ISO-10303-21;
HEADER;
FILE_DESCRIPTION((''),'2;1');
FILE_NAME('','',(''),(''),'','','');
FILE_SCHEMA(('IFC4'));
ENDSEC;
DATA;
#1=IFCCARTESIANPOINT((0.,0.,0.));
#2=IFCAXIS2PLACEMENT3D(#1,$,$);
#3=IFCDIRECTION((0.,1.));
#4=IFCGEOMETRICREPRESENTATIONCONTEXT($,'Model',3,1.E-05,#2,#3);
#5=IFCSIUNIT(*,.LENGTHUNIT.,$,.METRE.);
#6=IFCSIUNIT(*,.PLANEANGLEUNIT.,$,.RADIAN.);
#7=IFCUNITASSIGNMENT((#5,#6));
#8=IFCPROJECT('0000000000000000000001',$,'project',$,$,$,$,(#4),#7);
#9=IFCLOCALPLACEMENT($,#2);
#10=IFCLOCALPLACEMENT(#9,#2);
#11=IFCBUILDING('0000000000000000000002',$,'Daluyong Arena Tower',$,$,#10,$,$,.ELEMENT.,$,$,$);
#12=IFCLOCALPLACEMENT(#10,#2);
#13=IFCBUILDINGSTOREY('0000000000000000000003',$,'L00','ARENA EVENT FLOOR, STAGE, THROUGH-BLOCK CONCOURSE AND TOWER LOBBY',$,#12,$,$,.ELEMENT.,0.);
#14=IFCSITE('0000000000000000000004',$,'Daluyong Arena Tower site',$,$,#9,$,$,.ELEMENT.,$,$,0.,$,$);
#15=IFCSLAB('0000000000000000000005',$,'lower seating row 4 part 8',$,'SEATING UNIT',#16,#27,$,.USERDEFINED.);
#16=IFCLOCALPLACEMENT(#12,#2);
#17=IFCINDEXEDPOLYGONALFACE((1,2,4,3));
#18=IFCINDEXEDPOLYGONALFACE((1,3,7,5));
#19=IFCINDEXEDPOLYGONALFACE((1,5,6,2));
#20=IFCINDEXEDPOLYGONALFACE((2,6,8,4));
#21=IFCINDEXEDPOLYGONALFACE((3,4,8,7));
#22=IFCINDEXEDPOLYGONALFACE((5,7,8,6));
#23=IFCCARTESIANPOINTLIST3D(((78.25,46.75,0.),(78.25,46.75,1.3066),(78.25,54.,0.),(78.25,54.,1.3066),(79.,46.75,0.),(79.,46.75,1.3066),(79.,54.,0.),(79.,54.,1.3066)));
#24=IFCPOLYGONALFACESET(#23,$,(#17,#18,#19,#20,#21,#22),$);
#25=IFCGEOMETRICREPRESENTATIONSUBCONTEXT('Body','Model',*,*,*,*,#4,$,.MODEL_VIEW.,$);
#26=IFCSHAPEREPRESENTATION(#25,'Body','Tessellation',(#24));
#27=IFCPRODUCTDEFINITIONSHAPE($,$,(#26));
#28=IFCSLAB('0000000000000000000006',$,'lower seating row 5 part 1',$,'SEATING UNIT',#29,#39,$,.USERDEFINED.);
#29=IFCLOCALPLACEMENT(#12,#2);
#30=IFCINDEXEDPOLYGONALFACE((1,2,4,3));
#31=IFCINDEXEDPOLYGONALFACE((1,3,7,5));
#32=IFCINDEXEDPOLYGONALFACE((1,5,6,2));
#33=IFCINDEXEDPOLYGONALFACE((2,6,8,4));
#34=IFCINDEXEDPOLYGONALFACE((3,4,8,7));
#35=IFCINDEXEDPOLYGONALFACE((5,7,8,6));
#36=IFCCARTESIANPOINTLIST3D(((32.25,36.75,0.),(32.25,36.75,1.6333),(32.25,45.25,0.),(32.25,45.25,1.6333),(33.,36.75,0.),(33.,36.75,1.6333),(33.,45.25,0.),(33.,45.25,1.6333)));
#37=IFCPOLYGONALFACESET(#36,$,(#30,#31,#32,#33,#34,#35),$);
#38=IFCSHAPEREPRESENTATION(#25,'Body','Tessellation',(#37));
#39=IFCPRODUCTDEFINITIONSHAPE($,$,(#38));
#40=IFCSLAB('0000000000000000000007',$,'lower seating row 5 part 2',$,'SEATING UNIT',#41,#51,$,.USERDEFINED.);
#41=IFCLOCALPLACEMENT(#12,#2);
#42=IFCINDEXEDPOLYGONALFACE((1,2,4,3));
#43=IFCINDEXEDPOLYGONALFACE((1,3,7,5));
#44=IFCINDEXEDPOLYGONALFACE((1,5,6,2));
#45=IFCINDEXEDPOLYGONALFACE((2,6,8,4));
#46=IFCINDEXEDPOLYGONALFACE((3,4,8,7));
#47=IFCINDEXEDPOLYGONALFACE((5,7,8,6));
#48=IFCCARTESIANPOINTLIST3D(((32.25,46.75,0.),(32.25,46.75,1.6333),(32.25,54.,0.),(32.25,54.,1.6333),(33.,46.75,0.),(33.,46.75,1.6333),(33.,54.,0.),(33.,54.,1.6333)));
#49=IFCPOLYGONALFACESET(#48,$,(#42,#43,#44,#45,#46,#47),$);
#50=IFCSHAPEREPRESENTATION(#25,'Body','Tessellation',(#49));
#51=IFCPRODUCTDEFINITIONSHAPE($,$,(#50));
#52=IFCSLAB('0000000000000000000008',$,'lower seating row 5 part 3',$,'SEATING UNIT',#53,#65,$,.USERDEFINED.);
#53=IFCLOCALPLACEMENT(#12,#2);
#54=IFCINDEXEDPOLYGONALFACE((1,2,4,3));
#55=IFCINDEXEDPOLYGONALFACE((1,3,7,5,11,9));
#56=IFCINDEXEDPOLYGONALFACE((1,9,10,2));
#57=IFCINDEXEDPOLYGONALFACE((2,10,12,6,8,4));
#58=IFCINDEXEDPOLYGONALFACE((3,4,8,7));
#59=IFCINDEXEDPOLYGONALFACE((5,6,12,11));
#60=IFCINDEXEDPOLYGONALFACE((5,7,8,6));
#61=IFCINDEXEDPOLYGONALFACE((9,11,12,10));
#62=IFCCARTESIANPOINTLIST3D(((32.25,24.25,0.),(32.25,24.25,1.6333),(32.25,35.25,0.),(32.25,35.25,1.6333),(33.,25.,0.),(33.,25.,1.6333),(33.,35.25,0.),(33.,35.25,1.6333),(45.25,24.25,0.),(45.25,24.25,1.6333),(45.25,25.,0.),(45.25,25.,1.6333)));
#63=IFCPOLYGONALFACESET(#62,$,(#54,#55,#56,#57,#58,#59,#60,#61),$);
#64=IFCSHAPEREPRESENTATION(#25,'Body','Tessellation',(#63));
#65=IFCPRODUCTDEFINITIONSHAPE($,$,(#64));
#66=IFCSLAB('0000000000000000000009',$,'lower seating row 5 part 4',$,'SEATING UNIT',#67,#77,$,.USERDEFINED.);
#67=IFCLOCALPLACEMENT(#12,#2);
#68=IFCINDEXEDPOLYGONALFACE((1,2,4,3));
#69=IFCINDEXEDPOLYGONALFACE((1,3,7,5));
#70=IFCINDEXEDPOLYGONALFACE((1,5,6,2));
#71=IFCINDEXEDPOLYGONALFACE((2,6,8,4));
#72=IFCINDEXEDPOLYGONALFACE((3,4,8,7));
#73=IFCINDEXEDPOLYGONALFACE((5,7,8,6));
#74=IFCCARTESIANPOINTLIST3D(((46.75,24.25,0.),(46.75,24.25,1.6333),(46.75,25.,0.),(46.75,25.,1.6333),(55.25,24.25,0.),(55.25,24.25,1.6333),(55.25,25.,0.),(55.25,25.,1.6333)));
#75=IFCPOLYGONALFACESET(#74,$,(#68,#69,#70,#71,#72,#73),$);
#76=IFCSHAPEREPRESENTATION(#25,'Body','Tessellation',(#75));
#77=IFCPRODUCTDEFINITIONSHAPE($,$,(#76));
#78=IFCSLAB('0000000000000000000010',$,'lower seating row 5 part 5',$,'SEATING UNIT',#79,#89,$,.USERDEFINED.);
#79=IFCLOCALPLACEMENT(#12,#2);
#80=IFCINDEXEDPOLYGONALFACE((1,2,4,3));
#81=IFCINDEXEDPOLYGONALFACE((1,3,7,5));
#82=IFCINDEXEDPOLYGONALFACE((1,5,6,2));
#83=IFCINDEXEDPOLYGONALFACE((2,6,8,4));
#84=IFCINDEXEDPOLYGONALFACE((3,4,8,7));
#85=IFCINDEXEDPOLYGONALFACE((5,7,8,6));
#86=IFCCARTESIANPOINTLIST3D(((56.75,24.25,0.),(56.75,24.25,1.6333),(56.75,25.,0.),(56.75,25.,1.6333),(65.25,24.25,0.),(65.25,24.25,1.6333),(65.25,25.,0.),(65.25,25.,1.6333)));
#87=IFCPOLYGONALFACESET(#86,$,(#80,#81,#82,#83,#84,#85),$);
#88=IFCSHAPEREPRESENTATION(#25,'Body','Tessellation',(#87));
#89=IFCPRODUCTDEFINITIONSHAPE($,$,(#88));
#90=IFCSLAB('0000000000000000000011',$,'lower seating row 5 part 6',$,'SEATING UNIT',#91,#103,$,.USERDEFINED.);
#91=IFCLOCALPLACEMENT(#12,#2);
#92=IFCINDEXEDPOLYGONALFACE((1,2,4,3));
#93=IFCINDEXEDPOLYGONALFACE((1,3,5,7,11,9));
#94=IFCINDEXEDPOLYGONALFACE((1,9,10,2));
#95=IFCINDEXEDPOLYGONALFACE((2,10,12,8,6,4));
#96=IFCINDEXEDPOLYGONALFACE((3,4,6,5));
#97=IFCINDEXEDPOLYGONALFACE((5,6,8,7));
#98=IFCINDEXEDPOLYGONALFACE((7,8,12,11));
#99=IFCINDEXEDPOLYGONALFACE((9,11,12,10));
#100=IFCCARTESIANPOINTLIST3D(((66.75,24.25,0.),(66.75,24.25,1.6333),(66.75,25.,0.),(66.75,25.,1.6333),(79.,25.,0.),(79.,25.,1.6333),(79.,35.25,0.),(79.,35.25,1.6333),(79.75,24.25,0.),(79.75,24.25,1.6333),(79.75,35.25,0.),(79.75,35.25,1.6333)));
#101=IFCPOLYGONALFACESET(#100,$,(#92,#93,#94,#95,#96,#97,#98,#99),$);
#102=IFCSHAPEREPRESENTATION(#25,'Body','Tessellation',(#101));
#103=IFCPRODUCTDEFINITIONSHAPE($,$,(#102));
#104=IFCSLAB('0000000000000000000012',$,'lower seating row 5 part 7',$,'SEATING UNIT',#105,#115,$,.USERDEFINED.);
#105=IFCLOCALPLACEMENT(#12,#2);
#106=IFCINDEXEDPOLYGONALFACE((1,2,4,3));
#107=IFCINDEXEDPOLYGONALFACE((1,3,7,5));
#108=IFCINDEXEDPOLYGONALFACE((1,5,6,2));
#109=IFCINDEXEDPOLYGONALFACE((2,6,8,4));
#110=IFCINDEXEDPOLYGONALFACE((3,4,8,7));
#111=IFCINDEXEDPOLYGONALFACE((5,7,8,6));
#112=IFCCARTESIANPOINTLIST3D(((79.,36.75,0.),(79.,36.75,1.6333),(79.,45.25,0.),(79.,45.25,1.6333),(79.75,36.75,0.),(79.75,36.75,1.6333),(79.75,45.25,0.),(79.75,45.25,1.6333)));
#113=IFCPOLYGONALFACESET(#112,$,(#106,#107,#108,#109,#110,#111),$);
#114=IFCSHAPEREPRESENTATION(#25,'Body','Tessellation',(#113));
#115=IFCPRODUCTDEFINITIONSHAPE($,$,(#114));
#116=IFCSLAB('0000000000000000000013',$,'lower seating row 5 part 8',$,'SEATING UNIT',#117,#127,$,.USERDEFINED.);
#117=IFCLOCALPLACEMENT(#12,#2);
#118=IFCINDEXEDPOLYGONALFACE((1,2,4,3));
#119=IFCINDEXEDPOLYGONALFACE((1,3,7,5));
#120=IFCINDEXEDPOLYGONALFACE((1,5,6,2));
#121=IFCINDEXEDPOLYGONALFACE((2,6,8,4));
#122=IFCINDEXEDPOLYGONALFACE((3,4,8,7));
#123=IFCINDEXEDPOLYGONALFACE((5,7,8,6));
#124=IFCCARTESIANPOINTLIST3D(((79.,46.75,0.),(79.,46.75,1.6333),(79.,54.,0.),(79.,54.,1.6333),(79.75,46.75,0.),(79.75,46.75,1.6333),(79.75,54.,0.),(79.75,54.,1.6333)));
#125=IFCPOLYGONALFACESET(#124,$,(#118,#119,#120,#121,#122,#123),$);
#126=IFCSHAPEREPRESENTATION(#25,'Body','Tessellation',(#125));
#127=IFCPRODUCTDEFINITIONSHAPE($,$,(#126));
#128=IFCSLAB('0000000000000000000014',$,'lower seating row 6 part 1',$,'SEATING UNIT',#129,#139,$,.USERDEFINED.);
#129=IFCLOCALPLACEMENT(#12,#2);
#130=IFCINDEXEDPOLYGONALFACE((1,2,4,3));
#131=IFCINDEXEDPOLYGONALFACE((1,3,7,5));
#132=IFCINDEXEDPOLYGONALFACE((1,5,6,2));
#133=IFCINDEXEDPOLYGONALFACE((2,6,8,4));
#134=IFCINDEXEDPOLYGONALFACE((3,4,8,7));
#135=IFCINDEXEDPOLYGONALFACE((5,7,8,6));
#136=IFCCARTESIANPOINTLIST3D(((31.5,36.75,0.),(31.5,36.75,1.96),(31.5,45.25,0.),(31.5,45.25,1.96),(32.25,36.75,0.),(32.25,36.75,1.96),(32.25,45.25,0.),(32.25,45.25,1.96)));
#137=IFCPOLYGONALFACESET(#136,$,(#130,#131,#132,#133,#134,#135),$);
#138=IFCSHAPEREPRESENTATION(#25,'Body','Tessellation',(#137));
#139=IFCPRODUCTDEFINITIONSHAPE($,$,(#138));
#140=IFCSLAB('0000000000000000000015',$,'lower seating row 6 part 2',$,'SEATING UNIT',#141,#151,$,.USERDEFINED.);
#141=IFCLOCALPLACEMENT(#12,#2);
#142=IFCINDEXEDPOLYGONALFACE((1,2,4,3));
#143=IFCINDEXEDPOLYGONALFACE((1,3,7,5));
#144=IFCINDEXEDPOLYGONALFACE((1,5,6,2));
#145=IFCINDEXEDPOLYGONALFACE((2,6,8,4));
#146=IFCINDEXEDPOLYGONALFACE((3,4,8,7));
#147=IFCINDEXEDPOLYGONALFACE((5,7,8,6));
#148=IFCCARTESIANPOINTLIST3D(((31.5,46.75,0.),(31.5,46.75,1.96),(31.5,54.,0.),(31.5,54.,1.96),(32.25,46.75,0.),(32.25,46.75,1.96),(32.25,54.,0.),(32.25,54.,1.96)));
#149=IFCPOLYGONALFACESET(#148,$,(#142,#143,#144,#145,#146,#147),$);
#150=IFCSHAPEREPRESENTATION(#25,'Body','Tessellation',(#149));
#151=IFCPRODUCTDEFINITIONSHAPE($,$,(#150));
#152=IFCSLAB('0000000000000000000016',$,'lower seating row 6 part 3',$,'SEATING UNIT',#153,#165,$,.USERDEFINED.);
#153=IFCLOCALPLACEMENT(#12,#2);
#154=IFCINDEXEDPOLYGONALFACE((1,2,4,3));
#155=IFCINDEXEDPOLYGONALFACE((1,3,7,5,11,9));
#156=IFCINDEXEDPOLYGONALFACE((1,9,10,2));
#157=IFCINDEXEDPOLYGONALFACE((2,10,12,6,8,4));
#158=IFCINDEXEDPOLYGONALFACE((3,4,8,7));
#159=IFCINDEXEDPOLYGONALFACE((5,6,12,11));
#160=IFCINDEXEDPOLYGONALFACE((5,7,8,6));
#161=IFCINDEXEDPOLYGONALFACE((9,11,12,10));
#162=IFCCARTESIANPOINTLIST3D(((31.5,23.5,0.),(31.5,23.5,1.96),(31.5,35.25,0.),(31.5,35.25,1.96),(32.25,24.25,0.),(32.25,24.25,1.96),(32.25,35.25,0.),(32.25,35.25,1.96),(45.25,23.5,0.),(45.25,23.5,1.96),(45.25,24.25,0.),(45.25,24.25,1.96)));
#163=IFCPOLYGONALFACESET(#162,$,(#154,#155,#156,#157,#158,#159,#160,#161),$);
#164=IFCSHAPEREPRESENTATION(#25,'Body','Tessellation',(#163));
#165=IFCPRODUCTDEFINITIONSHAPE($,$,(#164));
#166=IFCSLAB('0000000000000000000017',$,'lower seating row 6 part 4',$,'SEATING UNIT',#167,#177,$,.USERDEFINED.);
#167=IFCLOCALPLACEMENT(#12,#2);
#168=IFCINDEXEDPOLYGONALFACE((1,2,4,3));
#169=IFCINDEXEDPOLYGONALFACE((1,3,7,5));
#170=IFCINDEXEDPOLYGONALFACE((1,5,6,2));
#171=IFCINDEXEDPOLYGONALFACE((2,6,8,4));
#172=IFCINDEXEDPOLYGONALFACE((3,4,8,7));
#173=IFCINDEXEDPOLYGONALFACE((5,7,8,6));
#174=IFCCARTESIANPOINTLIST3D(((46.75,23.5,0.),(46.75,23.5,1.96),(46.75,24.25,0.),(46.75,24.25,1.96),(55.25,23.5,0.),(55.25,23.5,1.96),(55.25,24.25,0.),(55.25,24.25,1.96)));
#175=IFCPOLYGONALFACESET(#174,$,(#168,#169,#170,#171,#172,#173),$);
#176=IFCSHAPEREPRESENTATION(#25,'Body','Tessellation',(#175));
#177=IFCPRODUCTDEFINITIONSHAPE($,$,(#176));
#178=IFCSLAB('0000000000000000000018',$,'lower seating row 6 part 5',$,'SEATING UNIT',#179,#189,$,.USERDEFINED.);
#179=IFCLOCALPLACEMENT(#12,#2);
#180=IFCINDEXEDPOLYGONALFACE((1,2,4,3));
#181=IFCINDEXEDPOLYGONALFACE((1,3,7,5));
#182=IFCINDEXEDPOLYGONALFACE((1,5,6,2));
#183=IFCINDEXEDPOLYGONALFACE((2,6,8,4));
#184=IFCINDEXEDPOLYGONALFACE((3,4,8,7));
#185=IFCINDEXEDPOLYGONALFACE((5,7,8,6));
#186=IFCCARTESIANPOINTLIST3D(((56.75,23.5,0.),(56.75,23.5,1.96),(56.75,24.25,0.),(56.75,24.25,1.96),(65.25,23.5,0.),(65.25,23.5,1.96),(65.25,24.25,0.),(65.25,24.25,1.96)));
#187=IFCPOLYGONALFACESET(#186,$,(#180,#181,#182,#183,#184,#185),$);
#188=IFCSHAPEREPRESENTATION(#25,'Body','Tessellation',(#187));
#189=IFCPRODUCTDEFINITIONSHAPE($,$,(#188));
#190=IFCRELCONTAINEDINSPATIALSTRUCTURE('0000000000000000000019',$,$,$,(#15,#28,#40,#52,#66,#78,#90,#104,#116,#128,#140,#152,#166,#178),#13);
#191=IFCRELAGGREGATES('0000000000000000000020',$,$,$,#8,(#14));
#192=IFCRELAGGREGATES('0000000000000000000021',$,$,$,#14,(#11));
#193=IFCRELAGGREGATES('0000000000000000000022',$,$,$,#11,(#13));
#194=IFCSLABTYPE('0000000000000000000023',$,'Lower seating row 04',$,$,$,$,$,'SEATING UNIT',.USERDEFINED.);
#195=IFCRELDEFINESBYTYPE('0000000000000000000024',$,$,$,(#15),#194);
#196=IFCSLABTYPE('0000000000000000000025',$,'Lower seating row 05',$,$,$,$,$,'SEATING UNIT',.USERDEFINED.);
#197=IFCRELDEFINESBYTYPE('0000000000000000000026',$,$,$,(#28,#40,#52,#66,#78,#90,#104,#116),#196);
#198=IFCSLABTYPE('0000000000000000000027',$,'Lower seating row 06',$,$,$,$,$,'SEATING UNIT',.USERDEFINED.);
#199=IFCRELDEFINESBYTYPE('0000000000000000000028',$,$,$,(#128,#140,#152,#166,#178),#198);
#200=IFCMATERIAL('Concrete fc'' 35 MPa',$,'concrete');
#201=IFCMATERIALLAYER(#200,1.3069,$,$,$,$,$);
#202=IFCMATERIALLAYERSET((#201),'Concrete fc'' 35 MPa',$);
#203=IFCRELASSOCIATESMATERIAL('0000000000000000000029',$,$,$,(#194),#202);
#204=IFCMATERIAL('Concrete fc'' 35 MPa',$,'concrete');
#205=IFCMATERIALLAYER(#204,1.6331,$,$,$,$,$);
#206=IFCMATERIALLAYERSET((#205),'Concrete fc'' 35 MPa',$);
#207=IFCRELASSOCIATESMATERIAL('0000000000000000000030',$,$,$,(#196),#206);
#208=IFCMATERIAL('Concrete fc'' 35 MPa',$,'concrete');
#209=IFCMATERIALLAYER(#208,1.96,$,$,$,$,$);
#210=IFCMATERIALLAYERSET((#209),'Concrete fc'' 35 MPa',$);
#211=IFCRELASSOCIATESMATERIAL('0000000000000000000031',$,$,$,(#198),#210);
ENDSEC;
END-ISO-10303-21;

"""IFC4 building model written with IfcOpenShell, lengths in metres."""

from ifc_helpers import new_model, si_unit, direction, origin, place, context, subcontext, project, spatial, polyline, outline, extrude, material, layer, layer_set, type_object, element, save


model = new_model("IFC4")

# Units and contexts
model_context = context("Model", 3, precision=1e-05, world=origin(), true_north=direction((0.0, 1.0)))
body_context = subcontext(model_context, "Body", "Model", "MODEL_VIEW")
ifc_project = project(units=[si_unit("LENGTHUNIT", "METRE"), si_unit("PLANEANGLEUNIT", "RADIAN")], contexts=[model_context])

# Site, building, storey
site_placement = place(None, origin())
site = spatial("IfcSite", under=ifc_project, at=site_placement, Name="Daluyong Arena Tower site", CompositionType="ELEMENT", RefElevation=0.0)
building_placement = place(site_placement, origin())
building = spatial("IfcBuilding", under=site, at=building_placement, Name="Daluyong Arena Tower", CompositionType="ELEMENT")
storey_placement = place(building_placement, origin())
storey = spatial("IfcBuildingStorey", under=building, at=storey_placement, Name="L00", Description="ARENA EVENT FLOOR, STAGE, THROUGH-BLOCK CONCOURSE AND TOWER LOBBY", CompositionType="ELEMENT", Elevation=0.0)

# Slabs
ifc_material_1 = material(Name="Concrete fc' 35 MPa", Category="concrete")
ifc_layer_1 = layer(ifc_material_1, 1.3069)
ifc_layer_set_1 = layer_set([ifc_layer_1], Name="Concrete fc' 35 MPa")
slab_type_1 = type_object("IfcSlabType", Name="Lower seating row 04", ElementType="SEATING UNIT", PredefinedType="USERDEFINED", material=ifc_layer_set_1)
slab_1_placement = place(storey_placement, origin())
element("IfcSlab", 1, at=slab_1_placement, inside=storey, type_object=slab_type_1, Name="lower seating row 4 part 8", ObjectType="SEATING UNIT", PredefinedType="USERDEFINED", context=body_context, shape_type="SweptSolid", body=[
    extrude(outline(polyline([(79.0, 46.75), (79.0, 54.0), (78.25, 54.0), (78.25, 46.75), (79.0, 46.75)])), origin(), (0.0, 0.0, 1.0), 1.3066),
])
ifc_material_2 = material(Name="Concrete fc' 35 MPa", Category="concrete")
ifc_layer_2 = layer(ifc_material_2, 1.6331)
ifc_layer_set_2 = layer_set([ifc_layer_2], Name="Concrete fc' 35 MPa")
slab_type_2 = type_object("IfcSlabType", Name="Lower seating row 05", ElementType="SEATING UNIT", PredefinedType="USERDEFINED", material=ifc_layer_set_2)
slab_2_placement = place(storey_placement, origin())
element("IfcSlab", 2, at=slab_2_placement, inside=storey, type_object=slab_type_2, Name="lower seating row 5 part 1", ObjectType="SEATING UNIT", PredefinedType="USERDEFINED", context=body_context, shape_type="SweptSolid", body=[
    extrude(outline(polyline([(32.25, 45.25), (32.25, 36.75), (33.0, 36.75), (33.0, 45.25), (32.25, 45.25)])), origin(), (0.0, 0.0, 1.0), 1.6333),
])
slab_3_placement = place(storey_placement, origin())
element("IfcSlab", 3, at=slab_3_placement, inside=storey, type_object=slab_type_2, Name="lower seating row 5 part 2", ObjectType="SEATING UNIT", PredefinedType="USERDEFINED", context=body_context, shape_type="SweptSolid", body=[
    extrude(outline(polyline([(32.25, 54.0), (32.25, 46.75), (33.0, 46.75), (33.0, 54.0), (32.25, 54.0)])), origin(), (0.0, 0.0, 1.0), 1.6333),
])
slab_4_placement = place(storey_placement, origin())
element("IfcSlab", 4, at=slab_4_placement, inside=storey, type_object=slab_type_2, Name="lower seating row 5 part 3", ObjectType="SEATING UNIT", PredefinedType="USERDEFINED", context=body_context, shape_type="SweptSolid", body=[
    extrude(outline(polyline([(32.25, 24.25), (45.25, 24.25), (45.25, 25.0), (33.0, 25.0), (33.0, 35.25), (32.25, 35.25), (32.25, 24.25)])), origin(), (0.0, 0.0, 1.0), 1.6333),
])
slab_5_placement = place(storey_placement, origin())
element("IfcSlab", 5, at=slab_5_placement, inside=storey, type_object=slab_type_2, Name="lower seating row 5 part 4", ObjectType="SEATING UNIT", PredefinedType="USERDEFINED", context=body_context, shape_type="SweptSolid", body=[
    extrude(outline(polyline([(46.75, 24.25), (55.25, 24.25), (55.25, 25.0), (46.75, 25.0), (46.75, 24.25)])), origin(), (0.0, 0.0, 1.0), 1.6333),
])
slab_6_placement = place(storey_placement, origin())
element("IfcSlab", 6, at=slab_6_placement, inside=storey, type_object=slab_type_2, Name="lower seating row 5 part 5", ObjectType="SEATING UNIT", PredefinedType="USERDEFINED", context=body_context, shape_type="SweptSolid", body=[
    extrude(outline(polyline([(56.75, 24.25), (65.25, 24.25), (65.25, 25.0), (56.75, 25.0), (56.75, 24.25)])), origin(), (0.0, 0.0, 1.0), 1.6333),
])
slab_7_placement = place(storey_placement, origin())
element("IfcSlab", 7, at=slab_7_placement, inside=storey, type_object=slab_type_2, Name="lower seating row 5 part 6", ObjectType="SEATING UNIT", PredefinedType="USERDEFINED", context=body_context, shape_type="SweptSolid", body=[
    extrude(outline(polyline([(79.75, 24.25), (79.75, 35.25), (79.0, 35.25), (79.0, 25.0), (66.75, 25.0), (66.75, 24.25), (79.75, 24.25)])), origin(), (0.0, 0.0, 1.0), 1.6333),
])
slab_8_placement = place(storey_placement, origin())
element("IfcSlab", 8, at=slab_8_placement, inside=storey, type_object=slab_type_2, Name="lower seating row 5 part 7", ObjectType="SEATING UNIT", PredefinedType="USERDEFINED", context=body_context, shape_type="SweptSolid", body=[
    extrude(outline(polyline([(79.75, 36.75), (79.75, 45.25), (79.0, 45.25), (79.0, 36.75), (79.75, 36.75)])), origin(), (0.0, 0.0, 1.0), 1.6333),
])
slab_9_placement = place(storey_placement, origin())
element("IfcSlab", 9, at=slab_9_placement, inside=storey, type_object=slab_type_2, Name="lower seating row 5 part 8", ObjectType="SEATING UNIT", PredefinedType="USERDEFINED", context=body_context, shape_type="SweptSolid", body=[
    extrude(outline(polyline([(79.75, 46.75), (79.75, 54.0), (79.0, 54.0), (79.0, 46.75), (79.75, 46.75)])), origin(), (0.0, 0.0, 1.0), 1.6333),
])
ifc_material_3 = material(Name="Concrete fc' 35 MPa", Category="concrete")
ifc_layer_3 = layer(ifc_material_3, 1.96)
ifc_layer_set_3 = layer_set([ifc_layer_3], Name="Concrete fc' 35 MPa")
slab_type_3 = type_object("IfcSlabType", Name="Lower seating row 06", ElementType="SEATING UNIT", PredefinedType="USERDEFINED", material=ifc_layer_set_3)
slab_10_placement = place(storey_placement, origin())
element("IfcSlab", 10, at=slab_10_placement, inside=storey, type_object=slab_type_3, Name="lower seating row 6 part 1", ObjectType="SEATING UNIT", PredefinedType="USERDEFINED", context=body_context, shape_type="SweptSolid", body=[
    extrude(outline(polyline([(31.5, 45.25), (31.5, 36.75), (32.25, 36.75), (32.25, 45.25), (31.5, 45.25)])), origin(), (0.0, 0.0, 1.0), 1.96),
])
slab_11_placement = place(storey_placement, origin())
element("IfcSlab", 11, at=slab_11_placement, inside=storey, type_object=slab_type_3, Name="lower seating row 6 part 2", ObjectType="SEATING UNIT", PredefinedType="USERDEFINED", context=body_context, shape_type="SweptSolid", body=[
    extrude(outline(polyline([(31.5, 54.0), (31.5, 46.75), (32.25, 46.75), (32.25, 54.0), (31.5, 54.0)])), origin(), (0.0, 0.0, 1.0), 1.96),
])
slab_12_placement = place(storey_placement, origin())
element("IfcSlab", 12, at=slab_12_placement, inside=storey, type_object=slab_type_3, Name="lower seating row 6 part 3", ObjectType="SEATING UNIT", PredefinedType="USERDEFINED", context=body_context, shape_type="SweptSolid", body=[
    extrude(outline(polyline([(31.5, 23.5), (45.25, 23.5), (45.25, 24.25), (32.25, 24.25), (32.25, 35.25), (31.5, 35.25), (31.5, 23.5)])), origin(), (0.0, 0.0, 1.0), 1.96),
])
slab_13_placement = place(storey_placement, origin())
element("IfcSlab", 13, at=slab_13_placement, inside=storey, type_object=slab_type_3, Name="lower seating row 6 part 4", ObjectType="SEATING UNIT", PredefinedType="USERDEFINED", context=body_context, shape_type="SweptSolid", body=[
    extrude(outline(polyline([(46.75, 23.5), (55.25, 23.5), (55.25, 24.25), (46.75, 24.25), (46.75, 23.5)])), origin(), (0.0, 0.0, 1.0), 1.96),
])
slab_14_placement = place(storey_placement, origin())
element("IfcSlab", 14, at=slab_14_placement, inside=storey, type_object=slab_type_3, Name="lower seating row 6 part 5", ObjectType="SEATING UNIT", PredefinedType="USERDEFINED", context=body_context, shape_type="SweptSolid", body=[
    extrude(outline(polyline([(56.75, 23.5), (65.25, 23.5), (65.25, 24.25), (56.75, 24.25), (56.75, 23.5)])), origin(), (0.0, 0.0, 1.0), 1.96),
])

save(model, "model.ifc")
